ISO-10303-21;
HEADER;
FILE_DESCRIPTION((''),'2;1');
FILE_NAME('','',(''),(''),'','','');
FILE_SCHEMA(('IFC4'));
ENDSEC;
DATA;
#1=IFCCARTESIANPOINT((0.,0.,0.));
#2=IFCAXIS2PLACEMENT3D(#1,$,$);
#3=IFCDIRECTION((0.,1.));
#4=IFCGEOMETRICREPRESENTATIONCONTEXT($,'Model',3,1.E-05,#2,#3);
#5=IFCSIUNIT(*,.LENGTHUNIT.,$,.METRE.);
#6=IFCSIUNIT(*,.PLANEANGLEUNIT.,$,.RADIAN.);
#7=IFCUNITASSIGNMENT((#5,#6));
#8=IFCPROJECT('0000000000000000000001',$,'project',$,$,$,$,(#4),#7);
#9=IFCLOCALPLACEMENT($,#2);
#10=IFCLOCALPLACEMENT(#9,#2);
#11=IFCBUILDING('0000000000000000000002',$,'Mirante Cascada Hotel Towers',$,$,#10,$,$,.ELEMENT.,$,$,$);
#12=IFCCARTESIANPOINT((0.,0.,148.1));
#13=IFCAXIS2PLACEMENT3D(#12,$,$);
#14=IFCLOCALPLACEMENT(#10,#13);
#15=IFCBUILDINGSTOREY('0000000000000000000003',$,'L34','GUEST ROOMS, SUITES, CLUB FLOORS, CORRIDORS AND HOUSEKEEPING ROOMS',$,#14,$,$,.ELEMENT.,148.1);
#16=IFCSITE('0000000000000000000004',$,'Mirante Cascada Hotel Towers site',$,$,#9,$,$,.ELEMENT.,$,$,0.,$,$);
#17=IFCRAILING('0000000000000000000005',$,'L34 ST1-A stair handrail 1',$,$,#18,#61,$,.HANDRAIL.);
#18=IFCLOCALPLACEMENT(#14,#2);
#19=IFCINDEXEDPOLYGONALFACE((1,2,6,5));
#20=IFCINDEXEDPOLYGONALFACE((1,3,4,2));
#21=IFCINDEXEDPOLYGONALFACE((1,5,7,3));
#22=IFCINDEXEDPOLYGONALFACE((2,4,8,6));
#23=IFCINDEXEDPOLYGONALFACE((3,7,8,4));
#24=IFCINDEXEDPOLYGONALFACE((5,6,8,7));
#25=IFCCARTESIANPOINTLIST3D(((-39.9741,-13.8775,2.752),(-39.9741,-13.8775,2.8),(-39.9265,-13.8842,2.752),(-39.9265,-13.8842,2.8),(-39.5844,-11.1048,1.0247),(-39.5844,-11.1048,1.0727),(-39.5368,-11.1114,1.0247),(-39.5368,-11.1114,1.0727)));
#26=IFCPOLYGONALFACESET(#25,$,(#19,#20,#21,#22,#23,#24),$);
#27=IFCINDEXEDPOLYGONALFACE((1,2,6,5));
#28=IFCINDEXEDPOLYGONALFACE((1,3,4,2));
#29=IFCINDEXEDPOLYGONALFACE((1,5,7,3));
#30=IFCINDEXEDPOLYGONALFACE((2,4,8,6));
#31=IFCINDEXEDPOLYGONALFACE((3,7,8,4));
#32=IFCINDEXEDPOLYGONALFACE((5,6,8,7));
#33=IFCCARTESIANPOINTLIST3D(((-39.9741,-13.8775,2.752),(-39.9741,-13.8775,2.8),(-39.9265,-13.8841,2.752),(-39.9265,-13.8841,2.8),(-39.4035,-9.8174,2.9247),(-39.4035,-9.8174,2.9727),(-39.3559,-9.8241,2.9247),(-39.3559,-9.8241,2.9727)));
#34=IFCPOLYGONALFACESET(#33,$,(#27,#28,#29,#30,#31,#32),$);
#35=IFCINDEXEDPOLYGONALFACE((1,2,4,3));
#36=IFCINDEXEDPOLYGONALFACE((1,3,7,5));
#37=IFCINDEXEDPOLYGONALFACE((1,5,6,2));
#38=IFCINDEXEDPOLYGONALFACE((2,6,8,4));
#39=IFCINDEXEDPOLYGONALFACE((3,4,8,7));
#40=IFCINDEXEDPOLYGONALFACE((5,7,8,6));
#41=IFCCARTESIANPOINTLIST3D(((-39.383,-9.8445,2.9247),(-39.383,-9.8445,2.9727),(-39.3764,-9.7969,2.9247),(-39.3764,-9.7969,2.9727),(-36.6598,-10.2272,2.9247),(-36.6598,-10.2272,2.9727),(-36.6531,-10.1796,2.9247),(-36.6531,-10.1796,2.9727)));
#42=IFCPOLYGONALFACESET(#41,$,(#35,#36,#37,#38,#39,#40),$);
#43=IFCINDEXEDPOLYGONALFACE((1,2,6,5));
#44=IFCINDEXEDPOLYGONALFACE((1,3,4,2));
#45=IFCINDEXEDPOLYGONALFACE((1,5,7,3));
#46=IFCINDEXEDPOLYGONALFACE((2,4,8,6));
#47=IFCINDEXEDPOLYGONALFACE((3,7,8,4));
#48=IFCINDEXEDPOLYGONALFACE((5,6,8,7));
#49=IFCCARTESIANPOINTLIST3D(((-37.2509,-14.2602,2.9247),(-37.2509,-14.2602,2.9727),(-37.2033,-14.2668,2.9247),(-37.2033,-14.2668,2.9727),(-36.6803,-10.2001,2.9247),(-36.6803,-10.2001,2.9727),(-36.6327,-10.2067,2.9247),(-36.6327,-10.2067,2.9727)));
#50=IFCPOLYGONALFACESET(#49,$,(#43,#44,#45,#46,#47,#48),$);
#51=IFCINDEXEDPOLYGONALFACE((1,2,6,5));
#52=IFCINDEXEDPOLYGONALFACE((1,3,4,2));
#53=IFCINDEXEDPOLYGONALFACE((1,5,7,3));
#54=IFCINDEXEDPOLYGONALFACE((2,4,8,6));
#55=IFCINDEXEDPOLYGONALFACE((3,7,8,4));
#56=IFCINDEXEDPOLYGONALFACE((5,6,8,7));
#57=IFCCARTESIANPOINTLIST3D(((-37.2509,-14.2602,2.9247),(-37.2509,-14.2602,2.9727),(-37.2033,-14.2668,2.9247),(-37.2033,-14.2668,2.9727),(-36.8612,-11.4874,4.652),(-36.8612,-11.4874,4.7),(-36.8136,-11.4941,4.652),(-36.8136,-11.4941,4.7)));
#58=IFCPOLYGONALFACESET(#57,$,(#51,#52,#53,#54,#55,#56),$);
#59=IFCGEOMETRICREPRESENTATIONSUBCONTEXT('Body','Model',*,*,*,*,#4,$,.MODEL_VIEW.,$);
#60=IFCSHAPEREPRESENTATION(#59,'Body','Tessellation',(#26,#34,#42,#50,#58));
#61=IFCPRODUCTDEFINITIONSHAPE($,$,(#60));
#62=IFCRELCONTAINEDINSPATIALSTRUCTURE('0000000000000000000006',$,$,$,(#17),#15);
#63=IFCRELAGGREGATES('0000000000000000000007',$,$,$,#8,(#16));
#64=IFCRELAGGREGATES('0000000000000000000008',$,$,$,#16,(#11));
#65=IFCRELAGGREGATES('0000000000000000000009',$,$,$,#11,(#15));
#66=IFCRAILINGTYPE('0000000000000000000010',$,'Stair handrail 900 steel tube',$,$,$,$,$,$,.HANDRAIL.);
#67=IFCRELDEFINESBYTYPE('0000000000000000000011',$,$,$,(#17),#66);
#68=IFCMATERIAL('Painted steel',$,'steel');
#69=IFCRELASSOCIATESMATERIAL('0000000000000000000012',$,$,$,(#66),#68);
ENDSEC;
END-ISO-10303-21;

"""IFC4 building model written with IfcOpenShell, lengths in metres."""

from ifc_helpers import new_model, si_unit, direction, frame, origin, origin_2d, place, context, subcontext, project, spatial, rectangle, extrude, material, type_object, element, save


model = new_model("IFC4")

# Units and contexts
model_context = context("Model", 3, precision=1e-05, world=origin(), true_north=direction((0.0, 1.0)))
body_context = subcontext(model_context, "Body", "Model", "MODEL_VIEW")
ifc_project = project(units=[si_unit("LENGTHUNIT", "METRE"), si_unit("PLANEANGLEUNIT", "RADIAN")], contexts=[model_context])

# Site, building, storey
site_placement = place(None, origin())
site = spatial("IfcSite", under=ifc_project, at=site_placement, Name="Mirante Cascada Hotel Towers site", CompositionType="ELEMENT", RefElevation=0.0)
building_placement = place(site_placement, origin())
building = spatial("IfcBuilding", under=site, at=building_placement, Name="Mirante Cascada Hotel Towers", CompositionType="ELEMENT")
storey_placement = place(building_placement, frame((0.0, 0.0, 148.1)))
storey = spatial("IfcBuildingStorey", under=building, at=storey_placement, Name="L34", Description="GUEST ROOMS, SUITES, CLUB FLOORS, CORRIDORS AND HOUSEKEEPING ROOMS", CompositionType="ELEMENT", Elevation=148.1)

# Railing
ifc_material_1 = material(Name="Painted steel", Category="steel")
railing_type_1 = type_object("IfcRailingType", Name="Stair handrail 900 steel tube", PredefinedType="HANDRAIL", material=ifc_material_1)
railing_1_placement = place(storey_placement, frame((-39.5606, -11.1081, 0.1727)))
element("IfcRailing", 1, at=railing_1_placement, inside=storey, type_object=railing_type_1, Name="L34 ST1-A stair handrail 1", PredefinedType="HANDRAIL", context=body_context, shape_type="SweptSolid", body=[
    extrude(rectangle(XDim=0.048, YDim=0.048, at=origin_2d()), frame((0.0, 0.0, 0.876), z_axis=(-0.139181, -0.990267, 0.0), x_axis=(0.990267, -0.139181, 0.0)), (0.0, 0.525035, 0.851081), 3.2899),
    extrude(rectangle(XDim=0.048, YDim=0.048, at=origin_2d()), frame((-0.3897, -2.7727, 2.6033), z_axis=(0.139171, 0.990268, 0.0), x_axis=(-0.990268, 0.139171, 0.0)), (0.0, 0.042085, 0.999114), 4.1036),
    extrude(rectangle(XDim=0.048, YDim=0.048, at=origin_2d()), frame((0.1809, 1.2874, 2.776), z_axis=(0.990269, -0.139166, 0.0), x_axis=(0.139166, 0.990269, 0.0)), (0.0, 0.0, 1.0), 2.75),
    extrude(rectangle(XDim=0.048, YDim=0.048, at=origin_2d()), frame((2.9041, 0.9047, 2.776), z_axis=(-0.139171, -0.990268, 0.0), x_axis=(0.990268, -0.139171, 0.0)), (0.0, 0.0, 1.0), 4.1),
    extrude(rectangle(XDim=0.048, YDim=0.048, at=origin_2d()), frame((2.3335, -3.1554, 2.776), z_axis=(0.139181, 0.990267, 0.0), x_axis=(-0.990267, 0.139181, 0.0)), (0.0, 0.525035, 0.851081), 3.2899),
])

save(model, "model.ifc")
